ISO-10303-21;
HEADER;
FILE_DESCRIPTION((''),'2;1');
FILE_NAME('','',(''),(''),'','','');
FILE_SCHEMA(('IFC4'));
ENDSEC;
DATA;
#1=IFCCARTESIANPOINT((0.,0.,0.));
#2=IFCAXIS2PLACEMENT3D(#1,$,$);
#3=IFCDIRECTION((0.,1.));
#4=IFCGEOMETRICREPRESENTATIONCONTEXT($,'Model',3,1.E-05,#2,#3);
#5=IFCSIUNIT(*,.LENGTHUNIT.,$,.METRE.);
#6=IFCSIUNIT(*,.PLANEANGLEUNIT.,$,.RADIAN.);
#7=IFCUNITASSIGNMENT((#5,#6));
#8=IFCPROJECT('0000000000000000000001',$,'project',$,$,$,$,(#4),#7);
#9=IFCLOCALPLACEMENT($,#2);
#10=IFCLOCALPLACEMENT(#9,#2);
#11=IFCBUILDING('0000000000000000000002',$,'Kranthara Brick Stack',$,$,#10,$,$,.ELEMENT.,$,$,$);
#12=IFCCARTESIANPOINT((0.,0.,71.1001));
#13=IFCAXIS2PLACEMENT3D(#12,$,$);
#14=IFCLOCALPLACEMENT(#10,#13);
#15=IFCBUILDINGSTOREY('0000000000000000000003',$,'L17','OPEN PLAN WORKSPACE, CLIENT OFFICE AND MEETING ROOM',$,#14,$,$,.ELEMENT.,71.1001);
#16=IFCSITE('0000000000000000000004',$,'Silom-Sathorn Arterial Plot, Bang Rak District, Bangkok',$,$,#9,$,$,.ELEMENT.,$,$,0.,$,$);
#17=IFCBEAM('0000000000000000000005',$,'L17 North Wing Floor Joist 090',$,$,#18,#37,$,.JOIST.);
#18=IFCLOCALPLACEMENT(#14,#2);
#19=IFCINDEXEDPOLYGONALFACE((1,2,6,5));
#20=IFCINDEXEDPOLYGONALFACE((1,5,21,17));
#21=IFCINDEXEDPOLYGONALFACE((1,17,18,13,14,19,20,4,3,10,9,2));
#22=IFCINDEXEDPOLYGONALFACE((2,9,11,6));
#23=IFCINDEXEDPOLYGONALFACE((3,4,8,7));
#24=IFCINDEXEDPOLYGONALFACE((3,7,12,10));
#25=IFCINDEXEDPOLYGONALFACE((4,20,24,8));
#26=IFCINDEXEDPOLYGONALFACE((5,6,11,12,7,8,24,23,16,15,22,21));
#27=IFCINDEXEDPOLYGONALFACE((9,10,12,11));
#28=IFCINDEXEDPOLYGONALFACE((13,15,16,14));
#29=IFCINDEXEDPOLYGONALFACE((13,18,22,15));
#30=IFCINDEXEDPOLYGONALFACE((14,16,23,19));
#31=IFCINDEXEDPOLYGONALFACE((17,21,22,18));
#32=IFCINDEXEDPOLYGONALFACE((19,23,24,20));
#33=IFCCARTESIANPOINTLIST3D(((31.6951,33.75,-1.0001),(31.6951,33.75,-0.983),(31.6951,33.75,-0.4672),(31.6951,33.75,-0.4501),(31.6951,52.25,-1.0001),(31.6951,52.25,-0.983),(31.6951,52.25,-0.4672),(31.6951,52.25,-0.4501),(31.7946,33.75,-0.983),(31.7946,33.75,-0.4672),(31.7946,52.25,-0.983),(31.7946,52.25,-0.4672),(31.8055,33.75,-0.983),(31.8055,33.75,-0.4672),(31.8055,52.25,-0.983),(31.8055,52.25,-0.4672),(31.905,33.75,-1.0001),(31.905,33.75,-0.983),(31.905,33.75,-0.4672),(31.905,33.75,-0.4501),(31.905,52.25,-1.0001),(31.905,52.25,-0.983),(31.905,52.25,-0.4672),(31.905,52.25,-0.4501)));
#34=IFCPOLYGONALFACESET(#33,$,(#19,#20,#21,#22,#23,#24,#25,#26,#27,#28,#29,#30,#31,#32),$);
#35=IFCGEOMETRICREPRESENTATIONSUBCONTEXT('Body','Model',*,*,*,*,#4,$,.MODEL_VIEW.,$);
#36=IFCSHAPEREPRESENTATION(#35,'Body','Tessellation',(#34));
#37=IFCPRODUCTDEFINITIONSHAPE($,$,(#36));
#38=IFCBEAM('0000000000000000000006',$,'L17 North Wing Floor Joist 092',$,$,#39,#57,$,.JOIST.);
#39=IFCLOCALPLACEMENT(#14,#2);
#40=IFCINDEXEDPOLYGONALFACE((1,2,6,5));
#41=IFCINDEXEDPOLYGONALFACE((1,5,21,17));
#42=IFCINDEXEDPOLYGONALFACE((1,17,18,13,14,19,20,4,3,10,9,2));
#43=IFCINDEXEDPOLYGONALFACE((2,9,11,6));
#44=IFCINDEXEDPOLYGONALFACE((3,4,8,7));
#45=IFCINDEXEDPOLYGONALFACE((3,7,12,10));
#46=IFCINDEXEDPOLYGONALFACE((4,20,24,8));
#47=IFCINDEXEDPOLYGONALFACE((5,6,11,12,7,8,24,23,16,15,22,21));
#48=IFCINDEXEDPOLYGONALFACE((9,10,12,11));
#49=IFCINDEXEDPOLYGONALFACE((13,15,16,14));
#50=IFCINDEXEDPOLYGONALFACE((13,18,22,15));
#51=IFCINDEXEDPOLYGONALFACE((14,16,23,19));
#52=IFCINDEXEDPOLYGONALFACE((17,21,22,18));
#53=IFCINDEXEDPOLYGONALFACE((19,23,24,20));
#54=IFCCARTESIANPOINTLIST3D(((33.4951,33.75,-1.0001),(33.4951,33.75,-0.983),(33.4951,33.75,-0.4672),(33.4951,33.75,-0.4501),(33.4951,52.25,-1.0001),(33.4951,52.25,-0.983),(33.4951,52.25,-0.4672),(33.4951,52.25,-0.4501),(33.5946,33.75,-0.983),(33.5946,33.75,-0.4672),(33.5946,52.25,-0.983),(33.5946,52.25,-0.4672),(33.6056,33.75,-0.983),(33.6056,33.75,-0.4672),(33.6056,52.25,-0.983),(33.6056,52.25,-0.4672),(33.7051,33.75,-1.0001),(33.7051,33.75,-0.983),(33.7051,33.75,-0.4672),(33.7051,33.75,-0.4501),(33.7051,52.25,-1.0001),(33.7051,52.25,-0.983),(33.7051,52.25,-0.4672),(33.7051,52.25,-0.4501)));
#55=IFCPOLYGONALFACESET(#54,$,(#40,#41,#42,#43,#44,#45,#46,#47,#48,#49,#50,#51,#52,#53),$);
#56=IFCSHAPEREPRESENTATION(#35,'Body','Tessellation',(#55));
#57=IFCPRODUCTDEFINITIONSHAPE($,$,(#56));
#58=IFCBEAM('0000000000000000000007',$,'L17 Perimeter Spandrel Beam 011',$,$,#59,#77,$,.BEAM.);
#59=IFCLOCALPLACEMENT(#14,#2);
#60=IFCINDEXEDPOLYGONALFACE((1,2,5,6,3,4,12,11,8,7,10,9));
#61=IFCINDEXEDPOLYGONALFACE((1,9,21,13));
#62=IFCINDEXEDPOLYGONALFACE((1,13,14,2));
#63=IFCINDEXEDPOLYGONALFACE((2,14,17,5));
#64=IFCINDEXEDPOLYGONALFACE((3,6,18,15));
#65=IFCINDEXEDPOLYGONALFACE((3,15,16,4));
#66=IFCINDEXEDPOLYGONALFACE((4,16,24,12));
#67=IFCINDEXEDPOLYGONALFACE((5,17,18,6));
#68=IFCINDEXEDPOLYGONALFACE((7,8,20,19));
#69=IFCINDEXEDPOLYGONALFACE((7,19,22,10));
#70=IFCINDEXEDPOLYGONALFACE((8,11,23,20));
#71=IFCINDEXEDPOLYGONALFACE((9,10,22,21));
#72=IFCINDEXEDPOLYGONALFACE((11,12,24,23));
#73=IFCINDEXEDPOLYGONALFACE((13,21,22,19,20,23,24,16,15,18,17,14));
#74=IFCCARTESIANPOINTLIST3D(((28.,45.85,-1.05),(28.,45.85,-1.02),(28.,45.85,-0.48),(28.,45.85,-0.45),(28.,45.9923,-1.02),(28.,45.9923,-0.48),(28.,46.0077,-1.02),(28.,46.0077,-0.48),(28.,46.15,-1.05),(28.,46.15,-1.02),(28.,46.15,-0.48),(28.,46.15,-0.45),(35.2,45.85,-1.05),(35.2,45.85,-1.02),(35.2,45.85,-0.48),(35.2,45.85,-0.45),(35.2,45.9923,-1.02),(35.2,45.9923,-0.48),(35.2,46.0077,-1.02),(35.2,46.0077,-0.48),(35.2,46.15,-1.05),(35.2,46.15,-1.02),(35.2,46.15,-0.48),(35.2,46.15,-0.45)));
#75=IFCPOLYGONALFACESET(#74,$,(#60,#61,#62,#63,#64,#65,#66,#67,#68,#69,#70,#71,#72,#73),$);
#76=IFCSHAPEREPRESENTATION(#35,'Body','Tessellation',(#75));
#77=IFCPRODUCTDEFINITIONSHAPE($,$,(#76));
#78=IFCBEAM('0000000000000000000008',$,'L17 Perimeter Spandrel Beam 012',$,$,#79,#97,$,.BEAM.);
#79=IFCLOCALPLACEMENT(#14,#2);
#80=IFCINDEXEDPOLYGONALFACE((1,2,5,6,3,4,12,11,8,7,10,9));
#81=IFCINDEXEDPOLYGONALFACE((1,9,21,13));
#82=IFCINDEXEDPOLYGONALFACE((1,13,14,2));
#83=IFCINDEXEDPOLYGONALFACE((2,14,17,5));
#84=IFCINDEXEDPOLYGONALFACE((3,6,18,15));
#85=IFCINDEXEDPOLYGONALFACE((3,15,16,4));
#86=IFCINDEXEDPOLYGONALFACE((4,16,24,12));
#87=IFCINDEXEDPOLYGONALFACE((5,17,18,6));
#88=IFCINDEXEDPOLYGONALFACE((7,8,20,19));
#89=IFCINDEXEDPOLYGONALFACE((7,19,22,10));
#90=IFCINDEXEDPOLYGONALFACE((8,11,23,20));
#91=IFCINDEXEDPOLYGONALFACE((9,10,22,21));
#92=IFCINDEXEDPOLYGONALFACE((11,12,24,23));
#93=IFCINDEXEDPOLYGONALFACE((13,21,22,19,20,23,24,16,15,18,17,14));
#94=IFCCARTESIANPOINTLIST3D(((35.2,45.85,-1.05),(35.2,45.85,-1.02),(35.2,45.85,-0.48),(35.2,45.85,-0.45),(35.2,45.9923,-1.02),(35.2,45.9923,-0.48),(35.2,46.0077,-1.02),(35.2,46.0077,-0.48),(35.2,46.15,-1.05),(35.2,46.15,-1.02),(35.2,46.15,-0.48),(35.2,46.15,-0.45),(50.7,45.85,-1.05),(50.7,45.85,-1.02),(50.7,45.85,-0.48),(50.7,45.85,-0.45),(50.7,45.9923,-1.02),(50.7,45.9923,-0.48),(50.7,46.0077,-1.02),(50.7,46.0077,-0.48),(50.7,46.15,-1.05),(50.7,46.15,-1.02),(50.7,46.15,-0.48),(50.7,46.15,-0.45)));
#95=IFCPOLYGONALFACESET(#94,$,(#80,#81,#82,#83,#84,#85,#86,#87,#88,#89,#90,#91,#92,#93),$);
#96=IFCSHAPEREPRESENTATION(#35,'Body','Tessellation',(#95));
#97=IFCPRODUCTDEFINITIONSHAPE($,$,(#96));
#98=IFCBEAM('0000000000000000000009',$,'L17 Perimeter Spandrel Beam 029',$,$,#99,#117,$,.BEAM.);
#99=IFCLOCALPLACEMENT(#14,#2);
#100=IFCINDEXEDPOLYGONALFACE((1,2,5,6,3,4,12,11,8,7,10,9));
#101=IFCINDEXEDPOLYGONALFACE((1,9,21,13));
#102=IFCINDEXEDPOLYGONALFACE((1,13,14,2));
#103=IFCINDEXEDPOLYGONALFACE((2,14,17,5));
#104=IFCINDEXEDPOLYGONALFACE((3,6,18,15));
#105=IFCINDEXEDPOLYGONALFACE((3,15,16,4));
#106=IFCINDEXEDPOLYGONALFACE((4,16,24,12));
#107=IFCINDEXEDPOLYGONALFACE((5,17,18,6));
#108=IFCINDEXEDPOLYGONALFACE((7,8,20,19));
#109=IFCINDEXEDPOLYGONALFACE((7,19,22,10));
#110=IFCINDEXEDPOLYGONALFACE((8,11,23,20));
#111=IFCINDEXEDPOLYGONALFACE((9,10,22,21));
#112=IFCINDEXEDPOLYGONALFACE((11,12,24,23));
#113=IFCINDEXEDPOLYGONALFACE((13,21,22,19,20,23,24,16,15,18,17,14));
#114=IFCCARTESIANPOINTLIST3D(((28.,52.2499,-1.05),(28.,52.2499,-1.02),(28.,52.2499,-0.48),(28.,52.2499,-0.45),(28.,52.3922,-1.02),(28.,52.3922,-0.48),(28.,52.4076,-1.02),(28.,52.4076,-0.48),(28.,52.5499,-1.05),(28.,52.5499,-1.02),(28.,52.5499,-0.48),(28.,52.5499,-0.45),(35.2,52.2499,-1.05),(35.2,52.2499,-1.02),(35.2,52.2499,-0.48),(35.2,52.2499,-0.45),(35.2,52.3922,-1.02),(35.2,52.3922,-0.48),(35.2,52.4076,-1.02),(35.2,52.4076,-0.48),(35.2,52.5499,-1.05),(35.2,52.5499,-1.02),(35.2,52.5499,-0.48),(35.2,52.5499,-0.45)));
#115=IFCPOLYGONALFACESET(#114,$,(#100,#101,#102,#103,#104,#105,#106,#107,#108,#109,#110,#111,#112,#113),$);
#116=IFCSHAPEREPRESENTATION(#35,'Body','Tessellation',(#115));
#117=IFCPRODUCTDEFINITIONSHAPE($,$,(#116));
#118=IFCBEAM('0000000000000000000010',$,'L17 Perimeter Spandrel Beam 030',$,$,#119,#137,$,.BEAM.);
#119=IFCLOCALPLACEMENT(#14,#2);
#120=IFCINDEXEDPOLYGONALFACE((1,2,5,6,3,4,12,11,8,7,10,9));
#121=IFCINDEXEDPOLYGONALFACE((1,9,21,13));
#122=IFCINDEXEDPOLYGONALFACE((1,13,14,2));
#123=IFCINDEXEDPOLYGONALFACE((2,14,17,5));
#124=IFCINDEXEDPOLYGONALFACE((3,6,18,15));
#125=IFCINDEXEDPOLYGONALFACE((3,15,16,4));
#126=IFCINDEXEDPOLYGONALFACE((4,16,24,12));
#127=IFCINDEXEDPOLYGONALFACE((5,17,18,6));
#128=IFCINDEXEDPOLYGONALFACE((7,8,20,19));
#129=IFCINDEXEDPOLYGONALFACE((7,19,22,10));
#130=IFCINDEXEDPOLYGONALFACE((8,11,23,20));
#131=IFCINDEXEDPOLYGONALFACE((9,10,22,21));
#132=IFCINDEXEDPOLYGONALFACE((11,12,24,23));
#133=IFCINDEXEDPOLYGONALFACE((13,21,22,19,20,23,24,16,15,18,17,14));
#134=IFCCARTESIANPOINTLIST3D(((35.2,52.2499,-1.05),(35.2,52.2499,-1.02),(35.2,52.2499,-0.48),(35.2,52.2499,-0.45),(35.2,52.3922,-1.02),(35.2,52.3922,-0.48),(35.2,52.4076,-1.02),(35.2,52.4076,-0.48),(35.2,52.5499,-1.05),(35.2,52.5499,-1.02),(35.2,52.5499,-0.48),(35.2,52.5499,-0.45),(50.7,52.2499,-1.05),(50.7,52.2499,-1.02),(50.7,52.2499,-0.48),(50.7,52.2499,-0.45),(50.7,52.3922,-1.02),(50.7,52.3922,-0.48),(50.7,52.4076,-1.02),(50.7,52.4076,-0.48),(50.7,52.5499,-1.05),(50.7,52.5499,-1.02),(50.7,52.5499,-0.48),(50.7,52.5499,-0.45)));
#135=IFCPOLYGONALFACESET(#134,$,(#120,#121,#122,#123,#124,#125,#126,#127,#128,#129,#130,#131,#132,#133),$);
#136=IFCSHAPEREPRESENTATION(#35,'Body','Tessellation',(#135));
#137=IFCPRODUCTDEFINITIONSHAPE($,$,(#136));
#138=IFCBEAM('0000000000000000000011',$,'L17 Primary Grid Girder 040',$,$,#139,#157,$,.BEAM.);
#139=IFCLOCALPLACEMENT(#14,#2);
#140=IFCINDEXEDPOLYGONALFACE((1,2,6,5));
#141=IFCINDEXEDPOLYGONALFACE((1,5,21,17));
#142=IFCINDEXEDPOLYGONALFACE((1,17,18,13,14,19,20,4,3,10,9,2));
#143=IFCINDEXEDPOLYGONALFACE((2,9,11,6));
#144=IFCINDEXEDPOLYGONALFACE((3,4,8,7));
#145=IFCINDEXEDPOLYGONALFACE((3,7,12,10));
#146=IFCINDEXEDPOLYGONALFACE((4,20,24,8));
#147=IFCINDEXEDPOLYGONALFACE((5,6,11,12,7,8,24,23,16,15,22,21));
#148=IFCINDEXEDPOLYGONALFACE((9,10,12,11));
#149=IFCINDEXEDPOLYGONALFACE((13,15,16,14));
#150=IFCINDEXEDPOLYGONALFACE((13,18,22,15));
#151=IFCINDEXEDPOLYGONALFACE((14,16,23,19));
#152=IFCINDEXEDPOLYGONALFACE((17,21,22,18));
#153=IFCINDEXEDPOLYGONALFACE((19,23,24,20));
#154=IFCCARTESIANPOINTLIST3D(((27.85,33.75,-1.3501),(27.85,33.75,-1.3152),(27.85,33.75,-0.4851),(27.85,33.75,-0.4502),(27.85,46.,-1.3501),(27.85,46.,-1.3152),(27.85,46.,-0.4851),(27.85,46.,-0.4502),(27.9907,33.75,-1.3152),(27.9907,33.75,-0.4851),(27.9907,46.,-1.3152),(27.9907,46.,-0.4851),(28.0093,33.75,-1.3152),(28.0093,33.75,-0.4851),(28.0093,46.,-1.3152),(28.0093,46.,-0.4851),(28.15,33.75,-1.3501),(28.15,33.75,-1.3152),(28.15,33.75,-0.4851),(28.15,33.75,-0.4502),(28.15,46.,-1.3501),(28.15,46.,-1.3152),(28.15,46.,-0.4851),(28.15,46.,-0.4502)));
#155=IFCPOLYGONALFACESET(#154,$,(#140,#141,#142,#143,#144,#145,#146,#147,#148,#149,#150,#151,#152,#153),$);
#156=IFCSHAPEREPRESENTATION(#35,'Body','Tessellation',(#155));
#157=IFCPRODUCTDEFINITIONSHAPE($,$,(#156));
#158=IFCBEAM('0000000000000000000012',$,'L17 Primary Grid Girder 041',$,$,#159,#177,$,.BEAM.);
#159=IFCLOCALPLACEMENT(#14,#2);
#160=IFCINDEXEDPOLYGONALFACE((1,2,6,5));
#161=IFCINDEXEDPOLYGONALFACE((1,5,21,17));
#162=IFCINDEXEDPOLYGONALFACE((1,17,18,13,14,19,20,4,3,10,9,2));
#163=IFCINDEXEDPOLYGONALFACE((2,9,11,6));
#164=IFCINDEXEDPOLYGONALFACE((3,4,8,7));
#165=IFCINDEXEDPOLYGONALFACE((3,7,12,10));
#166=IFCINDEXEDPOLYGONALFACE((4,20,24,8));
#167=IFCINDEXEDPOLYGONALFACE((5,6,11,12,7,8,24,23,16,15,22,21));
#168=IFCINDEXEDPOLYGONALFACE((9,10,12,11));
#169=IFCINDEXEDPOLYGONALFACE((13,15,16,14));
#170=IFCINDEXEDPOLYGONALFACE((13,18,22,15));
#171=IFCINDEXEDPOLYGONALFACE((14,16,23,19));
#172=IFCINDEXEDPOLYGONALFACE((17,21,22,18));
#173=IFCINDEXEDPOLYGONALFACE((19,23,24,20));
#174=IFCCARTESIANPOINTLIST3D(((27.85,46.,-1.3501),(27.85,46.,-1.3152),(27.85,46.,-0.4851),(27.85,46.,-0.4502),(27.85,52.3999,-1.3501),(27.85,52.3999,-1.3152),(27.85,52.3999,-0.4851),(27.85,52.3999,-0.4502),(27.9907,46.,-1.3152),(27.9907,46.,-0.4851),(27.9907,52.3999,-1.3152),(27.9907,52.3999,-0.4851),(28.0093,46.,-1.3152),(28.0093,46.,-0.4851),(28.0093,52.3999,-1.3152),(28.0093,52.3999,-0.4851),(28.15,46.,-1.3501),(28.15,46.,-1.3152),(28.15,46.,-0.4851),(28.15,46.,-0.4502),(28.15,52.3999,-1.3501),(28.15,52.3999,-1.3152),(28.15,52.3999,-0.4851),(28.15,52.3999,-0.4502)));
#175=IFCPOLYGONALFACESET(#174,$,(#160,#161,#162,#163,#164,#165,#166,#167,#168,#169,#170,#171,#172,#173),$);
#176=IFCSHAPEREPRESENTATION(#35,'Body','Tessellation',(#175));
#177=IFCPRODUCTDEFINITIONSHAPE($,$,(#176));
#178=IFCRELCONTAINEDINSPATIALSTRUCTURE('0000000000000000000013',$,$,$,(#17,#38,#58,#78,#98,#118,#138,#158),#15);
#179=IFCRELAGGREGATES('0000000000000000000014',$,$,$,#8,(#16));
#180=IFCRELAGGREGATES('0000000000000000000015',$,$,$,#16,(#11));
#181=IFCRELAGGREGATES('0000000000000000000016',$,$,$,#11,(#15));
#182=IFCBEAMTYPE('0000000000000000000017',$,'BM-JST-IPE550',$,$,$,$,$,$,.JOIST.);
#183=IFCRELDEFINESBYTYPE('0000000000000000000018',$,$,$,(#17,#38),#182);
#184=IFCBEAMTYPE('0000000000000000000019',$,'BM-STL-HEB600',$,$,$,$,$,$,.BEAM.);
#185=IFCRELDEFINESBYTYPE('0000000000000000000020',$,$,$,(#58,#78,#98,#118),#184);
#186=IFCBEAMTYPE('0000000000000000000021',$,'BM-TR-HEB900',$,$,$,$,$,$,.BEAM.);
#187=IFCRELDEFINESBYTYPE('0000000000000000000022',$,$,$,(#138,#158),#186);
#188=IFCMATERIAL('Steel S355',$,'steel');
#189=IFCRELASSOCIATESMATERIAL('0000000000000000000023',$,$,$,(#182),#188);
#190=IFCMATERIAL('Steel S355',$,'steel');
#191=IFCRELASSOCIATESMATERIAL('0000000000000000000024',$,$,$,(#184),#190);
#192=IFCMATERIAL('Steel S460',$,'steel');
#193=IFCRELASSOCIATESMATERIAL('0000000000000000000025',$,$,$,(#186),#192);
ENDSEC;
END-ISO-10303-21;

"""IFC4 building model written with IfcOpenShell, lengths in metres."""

from ifc_helpers import new_model, si_unit, direction, frame, origin, origin_2d, place, context, subcontext, project, spatial, i_section, extrude, material, material_profile, profile_set, type_object, element, save


model = new_model("IFC4")

# Units and contexts
model_context = context("Model", 3, precision=1e-05, world=origin(), true_north=direction((0.0, 1.0)))
body_context = subcontext(model_context, "Body", "Model", "MODEL_VIEW")
ifc_project = project(units=[si_unit("LENGTHUNIT", "METRE"), si_unit("PLANEANGLEUNIT", "RADIAN")], contexts=[model_context])

# Site, building, storey
site_placement = place(None, origin())
site = spatial("IfcSite", under=ifc_project, at=site_placement, Name="Silom-Sathorn Arterial Plot, Bang Rak District, Bangkok", CompositionType="ELEMENT", RefElevation=0.0)
building_placement = place(site_placement, origin())
building = spatial("IfcBuilding", under=site, at=building_placement, Name="Kranthara Brick Stack", CompositionType="ELEMENT")
storey_placement = place(building_placement, frame((0.0, 0.0, 71.1001)))
storey = spatial("IfcBuildingStorey", under=building, at=storey_placement, Name="L17", Description="OPEN PLAN WORKSPACE, CLIENT OFFICE AND MEETING ROOM", CompositionType="ELEMENT", Elevation=71.1001)

# Beams
ifc_material_1 = material(Name="Steel S355", Category="steel")
ifc_material_profile_1 = material_profile(ifc_material_1, i_section(OverallWidth=0.21, OverallDepth=0.55, WebThickness=0.011, FlangeThickness=0.0171, at=origin_2d()), Name="IPE 550")
ifc_profile_set_1 = profile_set([ifc_material_profile_1], Name="Steel S355")
beam_type_1 = type_object("IfcBeamType", Name="BM-JST-IPE550", PredefinedType="JOIST", material=ifc_profile_set_1)
for number, where, z_axis, x_axis, name in (
    (1, (31.8, 33.75, -0.7251), (0.0, 1.0, 0.0), (-1.0, 0.0, 0.0), "L17 North Wing Floor Joist 090"),
    (2, (33.6001, 33.75, -0.7251), (0.0, 1.0, 0.0), (-1.0, 0.0, 0.0), "L17 North Wing Floor Joist 092"),
):
    element("IfcBeam", number, at=place(storey_placement, frame(where, z_axis=z_axis, x_axis=x_axis)), inside=storey, type_object=beam_type_1, Name=name, PredefinedType="JOIST", context=body_context, shape_type="SweptSolid", body=[
        extrude(i_section(OverallWidth=0.21, OverallDepth=0.55, WebThickness=0.011, FlangeThickness=0.0171, at=origin_2d()), origin(), (0.0, 0.0, 1.0), 18.5),
    ])
ifc_material_2 = material(Name="Steel S355", Category="steel")
ifc_material_profile_2 = material_profile(ifc_material_2, i_section(OverallWidth=0.3, OverallDepth=0.6001, WebThickness=0.0154, FlangeThickness=0.03, at=origin_2d()), Name="HEB 600")
ifc_profile_set_2 = profile_set([ifc_material_profile_2], Name="Steel S355")
beam_type_2 = type_object("IfcBeamType", Name="BM-STL-HEB600", PredefinedType="BEAM", material=ifc_profile_set_2)
beam_1_placement = place(storey_placement, frame((28.0, 46.0, -0.75), z_axis=(1.0, 0.0, 0.0), x_axis=(0.0, 1.0, 0.0)))
element("IfcBeam", 3, at=beam_1_placement, inside=storey, type_object=beam_type_2, Name="L17 Perimeter Spandrel Beam 011", PredefinedType="BEAM", context=body_context, shape_type="SweptSolid", body=[
    extrude(i_section(OverallWidth=0.3, OverallDepth=0.6001, WebThickness=0.0154, FlangeThickness=0.03, at=origin_2d()), origin(), (0.0, 0.0, 1.0), 7.2),
])
beam_2_placement = place(storey_placement, frame((35.2, 46.0, -0.75), z_axis=(1.0, 0.0, 0.0), x_axis=(0.0, 1.0, 0.0)))
element("IfcBeam", 4, at=beam_2_placement, inside=storey, type_object=beam_type_2, Name="L17 Perimeter Spandrel Beam 012", PredefinedType="BEAM", context=body_context, shape_type="SweptSolid", body=[
    extrude(i_section(OverallWidth=0.3, OverallDepth=0.6001, WebThickness=0.0154, FlangeThickness=0.03, at=origin_2d()), origin(), (0.0, 0.0, 1.0), 15.5),
])
beam_3_placement = place(storey_placement, frame((28.0, 52.3999, -0.75), z_axis=(1.0, 0.0, 0.0), x_axis=(0.0, 1.0, 0.0)))
element("IfcBeam", 5, at=beam_3_placement, inside=storey, type_object=beam_type_2, Name="L17 Perimeter Spandrel Beam 029", PredefinedType="BEAM", context=body_context, shape_type="SweptSolid", body=[
    extrude(i_section(OverallWidth=0.3, OverallDepth=0.6001, WebThickness=0.0154, FlangeThickness=0.03, at=origin_2d()), origin(), (0.0, 0.0, 1.0), 7.2),
])
beam_4_placement = place(storey_placement, frame((35.2, 52.3999, -0.75), z_axis=(1.0, 0.0, 0.0), x_axis=(0.0, 1.0, 0.0)))
element("IfcBeam", 6, at=beam_4_placement, inside=storey, type_object=beam_type_2, Name="L17 Perimeter Spandrel Beam 030", PredefinedType="BEAM", context=body_context, shape_type="SweptSolid", body=[
    extrude(i_section(OverallWidth=0.3, OverallDepth=0.6001, WebThickness=0.0154, FlangeThickness=0.03, at=origin_2d()), origin(), (0.0, 0.0, 1.0), 15.5),
])
ifc_material_3 = material(Name="Steel S460", Category="steel")
ifc_material_profile_3 = material_profile(ifc_material_3, i_section(OverallWidth=0.3, OverallDepth=0.8999, WebThickness=0.0186, FlangeThickness=0.0349, at=origin_2d()), Name="HEB 900")
ifc_profile_set_3 = profile_set([ifc_material_profile_3], Name="Steel S460")
beam_type_3 = type_object("IfcBeamType", Name="BM-TR-HEB900", PredefinedType="BEAM", material=ifc_profile_set_3)
beam_5_placement = place(storey_placement, frame((28.0, 33.75, -0.9001), z_axis=(0.0, 1.0, 0.0), x_axis=(-1.0, 0.0, 0.0)))
element("IfcBeam", 7, at=beam_5_placement, inside=storey, type_object=beam_type_3, Name="L17 Primary Grid Girder 040", PredefinedType="BEAM", context=body_context, shape_type="SweptSolid", body=[
    extrude(i_section(OverallWidth=0.3, OverallDepth=0.8999, WebThickness=0.0186, FlangeThickness=0.0349, at=origin_2d()), origin(), (0.0, 0.0, 1.0), 12.25),
])
beam_6_placement = place(storey_placement, frame((28.0, 46.0, -0.9001), z_axis=(0.0, 1.0, 0.0), x_axis=(-1.0, 0.0, 0.0)))
element("IfcBeam", 8, at=beam_6_placement, inside=storey, type_object=beam_type_3, Name="L17 Primary Grid Girder 041", PredefinedType="BEAM", context=body_context, shape_type="SweptSolid", body=[
    extrude(i_section(OverallWidth=0.3, OverallDepth=0.8999, WebThickness=0.0186, FlangeThickness=0.0349, at=origin_2d()), origin(), (0.0, 0.0, 1.0), 6.3999),
])

save(model, "model.ifc")
